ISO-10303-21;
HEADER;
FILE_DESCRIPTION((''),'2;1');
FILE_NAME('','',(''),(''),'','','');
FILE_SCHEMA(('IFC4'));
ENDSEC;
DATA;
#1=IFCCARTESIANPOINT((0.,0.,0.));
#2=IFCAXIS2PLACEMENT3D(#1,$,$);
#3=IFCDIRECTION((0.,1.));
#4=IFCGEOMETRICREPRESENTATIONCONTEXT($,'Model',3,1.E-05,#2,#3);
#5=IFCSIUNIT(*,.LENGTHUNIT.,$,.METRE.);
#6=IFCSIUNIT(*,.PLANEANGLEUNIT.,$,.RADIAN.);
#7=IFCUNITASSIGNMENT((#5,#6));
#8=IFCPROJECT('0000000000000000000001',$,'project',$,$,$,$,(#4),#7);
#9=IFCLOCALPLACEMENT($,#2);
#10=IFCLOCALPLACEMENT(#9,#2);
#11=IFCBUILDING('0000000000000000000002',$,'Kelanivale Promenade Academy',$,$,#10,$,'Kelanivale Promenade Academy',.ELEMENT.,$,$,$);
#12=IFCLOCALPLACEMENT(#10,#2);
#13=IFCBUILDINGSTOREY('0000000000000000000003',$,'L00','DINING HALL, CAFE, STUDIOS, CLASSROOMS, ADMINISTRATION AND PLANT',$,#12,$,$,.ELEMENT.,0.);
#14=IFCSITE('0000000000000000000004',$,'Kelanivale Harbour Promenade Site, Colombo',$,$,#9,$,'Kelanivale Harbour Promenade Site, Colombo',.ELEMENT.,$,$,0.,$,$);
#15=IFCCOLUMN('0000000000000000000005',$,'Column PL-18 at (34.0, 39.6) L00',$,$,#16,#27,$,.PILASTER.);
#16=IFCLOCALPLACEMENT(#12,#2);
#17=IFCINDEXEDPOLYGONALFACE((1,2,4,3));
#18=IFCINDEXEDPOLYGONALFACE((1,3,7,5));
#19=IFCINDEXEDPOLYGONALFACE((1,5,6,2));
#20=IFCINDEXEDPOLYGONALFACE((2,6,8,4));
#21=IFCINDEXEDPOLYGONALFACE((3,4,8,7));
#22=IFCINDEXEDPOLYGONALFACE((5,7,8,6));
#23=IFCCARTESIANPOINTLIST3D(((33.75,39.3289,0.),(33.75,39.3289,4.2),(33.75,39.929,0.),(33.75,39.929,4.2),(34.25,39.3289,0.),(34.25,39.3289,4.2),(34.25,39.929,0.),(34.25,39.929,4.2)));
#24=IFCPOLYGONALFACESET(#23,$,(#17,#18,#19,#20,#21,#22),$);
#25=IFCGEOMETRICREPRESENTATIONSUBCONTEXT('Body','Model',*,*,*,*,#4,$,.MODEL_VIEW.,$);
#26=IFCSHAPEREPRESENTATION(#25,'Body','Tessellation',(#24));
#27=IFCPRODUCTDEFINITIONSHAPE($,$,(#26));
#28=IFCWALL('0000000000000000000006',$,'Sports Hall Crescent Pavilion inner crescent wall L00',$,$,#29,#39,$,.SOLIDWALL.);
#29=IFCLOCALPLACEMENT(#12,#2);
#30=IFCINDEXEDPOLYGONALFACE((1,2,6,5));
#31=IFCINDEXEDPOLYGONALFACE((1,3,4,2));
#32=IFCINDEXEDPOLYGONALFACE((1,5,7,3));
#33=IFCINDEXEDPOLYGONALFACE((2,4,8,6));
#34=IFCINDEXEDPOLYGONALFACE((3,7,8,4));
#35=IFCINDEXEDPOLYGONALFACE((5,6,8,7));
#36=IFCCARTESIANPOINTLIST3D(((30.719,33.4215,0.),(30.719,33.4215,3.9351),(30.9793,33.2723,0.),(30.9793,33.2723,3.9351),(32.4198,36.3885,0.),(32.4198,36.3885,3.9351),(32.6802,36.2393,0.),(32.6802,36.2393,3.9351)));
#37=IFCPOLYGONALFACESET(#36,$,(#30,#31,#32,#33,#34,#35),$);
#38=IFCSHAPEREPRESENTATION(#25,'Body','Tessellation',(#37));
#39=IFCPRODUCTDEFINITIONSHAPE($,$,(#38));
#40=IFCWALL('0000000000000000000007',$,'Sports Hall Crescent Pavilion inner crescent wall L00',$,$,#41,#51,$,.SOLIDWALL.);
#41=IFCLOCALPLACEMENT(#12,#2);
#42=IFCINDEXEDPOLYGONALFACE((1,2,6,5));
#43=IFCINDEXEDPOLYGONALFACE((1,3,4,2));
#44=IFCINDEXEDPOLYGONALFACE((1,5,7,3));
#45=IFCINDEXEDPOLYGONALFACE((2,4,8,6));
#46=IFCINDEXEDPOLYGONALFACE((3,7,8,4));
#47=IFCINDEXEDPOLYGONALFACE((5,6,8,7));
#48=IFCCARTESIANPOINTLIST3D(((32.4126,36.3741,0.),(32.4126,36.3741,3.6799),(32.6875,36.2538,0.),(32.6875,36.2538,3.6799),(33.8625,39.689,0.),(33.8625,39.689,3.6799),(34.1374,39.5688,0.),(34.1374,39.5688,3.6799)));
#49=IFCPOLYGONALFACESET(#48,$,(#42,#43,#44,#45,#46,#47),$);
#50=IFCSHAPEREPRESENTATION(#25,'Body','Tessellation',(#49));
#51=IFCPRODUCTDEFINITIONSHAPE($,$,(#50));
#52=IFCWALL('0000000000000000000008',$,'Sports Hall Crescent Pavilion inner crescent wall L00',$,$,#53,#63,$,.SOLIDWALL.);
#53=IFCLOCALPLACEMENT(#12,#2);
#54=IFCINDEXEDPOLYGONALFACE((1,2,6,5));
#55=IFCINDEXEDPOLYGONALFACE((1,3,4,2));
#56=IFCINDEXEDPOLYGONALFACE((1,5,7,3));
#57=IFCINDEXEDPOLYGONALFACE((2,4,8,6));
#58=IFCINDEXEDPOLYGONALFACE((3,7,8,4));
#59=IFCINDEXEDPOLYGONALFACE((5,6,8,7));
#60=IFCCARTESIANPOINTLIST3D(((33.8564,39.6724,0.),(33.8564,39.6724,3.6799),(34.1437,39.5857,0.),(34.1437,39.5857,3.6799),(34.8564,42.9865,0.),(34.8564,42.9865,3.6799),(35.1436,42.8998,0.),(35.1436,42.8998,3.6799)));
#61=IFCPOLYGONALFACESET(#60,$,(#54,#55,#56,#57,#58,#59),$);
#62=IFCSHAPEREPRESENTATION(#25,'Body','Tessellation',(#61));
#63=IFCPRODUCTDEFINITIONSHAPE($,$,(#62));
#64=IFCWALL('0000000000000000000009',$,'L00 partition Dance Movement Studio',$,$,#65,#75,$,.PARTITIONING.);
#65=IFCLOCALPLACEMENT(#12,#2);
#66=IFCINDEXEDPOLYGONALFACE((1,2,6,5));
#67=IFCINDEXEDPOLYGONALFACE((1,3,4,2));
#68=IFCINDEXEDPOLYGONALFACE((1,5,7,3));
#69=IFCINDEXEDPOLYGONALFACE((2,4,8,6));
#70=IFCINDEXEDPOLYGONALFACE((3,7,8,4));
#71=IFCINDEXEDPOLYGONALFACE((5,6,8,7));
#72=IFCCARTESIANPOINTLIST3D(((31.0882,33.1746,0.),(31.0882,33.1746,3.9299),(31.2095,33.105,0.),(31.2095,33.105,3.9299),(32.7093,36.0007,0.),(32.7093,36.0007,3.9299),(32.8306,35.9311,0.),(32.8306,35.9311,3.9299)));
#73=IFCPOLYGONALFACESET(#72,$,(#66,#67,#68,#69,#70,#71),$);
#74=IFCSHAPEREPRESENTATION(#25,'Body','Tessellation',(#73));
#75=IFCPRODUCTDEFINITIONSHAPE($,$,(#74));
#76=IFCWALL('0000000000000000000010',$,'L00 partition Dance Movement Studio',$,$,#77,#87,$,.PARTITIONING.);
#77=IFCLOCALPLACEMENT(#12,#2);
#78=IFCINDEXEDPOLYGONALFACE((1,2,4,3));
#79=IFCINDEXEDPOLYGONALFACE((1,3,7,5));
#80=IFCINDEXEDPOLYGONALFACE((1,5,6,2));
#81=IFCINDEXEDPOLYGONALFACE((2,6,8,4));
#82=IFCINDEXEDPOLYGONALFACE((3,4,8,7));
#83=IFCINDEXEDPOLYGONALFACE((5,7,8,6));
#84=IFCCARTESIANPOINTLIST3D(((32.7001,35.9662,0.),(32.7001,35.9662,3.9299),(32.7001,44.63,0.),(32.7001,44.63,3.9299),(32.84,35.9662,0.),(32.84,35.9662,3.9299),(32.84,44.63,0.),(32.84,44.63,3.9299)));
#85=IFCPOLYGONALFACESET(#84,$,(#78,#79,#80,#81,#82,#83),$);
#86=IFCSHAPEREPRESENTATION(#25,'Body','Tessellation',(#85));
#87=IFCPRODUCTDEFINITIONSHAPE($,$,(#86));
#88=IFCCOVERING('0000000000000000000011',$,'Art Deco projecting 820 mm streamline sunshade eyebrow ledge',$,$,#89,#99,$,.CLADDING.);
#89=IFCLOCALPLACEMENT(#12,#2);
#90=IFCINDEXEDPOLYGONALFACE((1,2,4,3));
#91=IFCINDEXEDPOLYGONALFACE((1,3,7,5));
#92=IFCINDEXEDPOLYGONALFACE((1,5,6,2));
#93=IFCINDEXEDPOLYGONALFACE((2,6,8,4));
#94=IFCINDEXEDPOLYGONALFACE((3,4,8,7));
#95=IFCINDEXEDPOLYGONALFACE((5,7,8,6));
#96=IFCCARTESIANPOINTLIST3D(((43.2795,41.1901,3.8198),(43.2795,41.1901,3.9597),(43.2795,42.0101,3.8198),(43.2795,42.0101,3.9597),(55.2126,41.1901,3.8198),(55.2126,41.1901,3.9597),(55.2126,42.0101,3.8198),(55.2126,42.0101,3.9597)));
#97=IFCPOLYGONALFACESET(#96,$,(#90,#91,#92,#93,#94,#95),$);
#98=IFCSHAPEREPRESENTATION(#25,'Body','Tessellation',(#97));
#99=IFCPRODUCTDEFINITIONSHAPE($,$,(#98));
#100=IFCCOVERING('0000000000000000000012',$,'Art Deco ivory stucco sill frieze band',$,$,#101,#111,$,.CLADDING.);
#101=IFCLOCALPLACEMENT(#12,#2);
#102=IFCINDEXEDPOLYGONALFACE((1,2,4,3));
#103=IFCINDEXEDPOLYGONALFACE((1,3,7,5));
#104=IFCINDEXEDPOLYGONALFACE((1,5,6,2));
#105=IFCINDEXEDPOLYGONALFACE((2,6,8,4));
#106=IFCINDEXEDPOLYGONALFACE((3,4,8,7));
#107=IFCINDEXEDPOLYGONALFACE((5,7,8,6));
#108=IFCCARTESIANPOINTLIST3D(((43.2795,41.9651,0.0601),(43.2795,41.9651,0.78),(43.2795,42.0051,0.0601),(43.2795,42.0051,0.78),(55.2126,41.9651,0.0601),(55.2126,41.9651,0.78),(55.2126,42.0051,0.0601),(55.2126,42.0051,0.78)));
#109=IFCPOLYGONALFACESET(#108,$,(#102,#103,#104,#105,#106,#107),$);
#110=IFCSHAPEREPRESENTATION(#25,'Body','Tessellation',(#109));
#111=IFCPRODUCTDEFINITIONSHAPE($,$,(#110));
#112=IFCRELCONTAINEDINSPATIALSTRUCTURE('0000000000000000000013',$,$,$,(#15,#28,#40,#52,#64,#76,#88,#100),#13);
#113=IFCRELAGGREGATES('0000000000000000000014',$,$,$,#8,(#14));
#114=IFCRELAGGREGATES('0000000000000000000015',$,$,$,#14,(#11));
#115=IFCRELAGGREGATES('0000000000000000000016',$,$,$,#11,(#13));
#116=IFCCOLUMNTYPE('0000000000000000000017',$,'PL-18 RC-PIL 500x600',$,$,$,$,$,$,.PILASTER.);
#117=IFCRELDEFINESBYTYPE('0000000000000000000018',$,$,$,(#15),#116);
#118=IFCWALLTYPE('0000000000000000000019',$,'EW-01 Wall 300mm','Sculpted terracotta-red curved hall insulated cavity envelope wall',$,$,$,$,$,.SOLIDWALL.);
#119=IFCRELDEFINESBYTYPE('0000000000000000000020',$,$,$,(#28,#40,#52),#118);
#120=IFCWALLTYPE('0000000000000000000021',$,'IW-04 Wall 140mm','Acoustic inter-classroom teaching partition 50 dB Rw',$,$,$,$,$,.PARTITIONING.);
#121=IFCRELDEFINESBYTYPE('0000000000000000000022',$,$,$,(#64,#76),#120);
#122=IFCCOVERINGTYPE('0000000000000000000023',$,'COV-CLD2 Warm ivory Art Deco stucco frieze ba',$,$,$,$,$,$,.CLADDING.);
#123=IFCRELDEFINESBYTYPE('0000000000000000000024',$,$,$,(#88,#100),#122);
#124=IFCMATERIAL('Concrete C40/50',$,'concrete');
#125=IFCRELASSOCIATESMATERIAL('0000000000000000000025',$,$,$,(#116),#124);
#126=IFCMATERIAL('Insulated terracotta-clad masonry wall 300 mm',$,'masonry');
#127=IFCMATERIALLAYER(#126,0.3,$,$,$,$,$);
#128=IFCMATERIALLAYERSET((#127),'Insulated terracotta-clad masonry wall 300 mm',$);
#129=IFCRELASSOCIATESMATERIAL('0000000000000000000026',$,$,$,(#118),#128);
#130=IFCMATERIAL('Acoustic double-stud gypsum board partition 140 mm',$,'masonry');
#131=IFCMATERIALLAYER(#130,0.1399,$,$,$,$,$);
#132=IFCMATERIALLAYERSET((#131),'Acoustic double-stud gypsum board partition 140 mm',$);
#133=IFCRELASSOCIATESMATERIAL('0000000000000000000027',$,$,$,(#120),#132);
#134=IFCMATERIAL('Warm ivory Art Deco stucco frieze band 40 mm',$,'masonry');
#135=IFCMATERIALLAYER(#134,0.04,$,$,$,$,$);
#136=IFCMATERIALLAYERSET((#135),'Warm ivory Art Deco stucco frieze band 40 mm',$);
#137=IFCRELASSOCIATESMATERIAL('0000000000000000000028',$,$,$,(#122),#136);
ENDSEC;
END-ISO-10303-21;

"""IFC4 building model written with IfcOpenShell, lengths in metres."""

from ifc_helpers import new_model, si_unit, direction, frame, frame_2d, origin, origin_2d, place, context, subcontext, project, spatial, rectangle, extrude, material, layer, layer_set, material_profile, profile_set, type_object, element, save


model = new_model("IFC4")

# Units and contexts
model_context = context("Model", 3, precision=1e-05, world=origin(), true_north=direction((0.0, 1.0)))
body_context = subcontext(model_context, "Body", "Model", "MODEL_VIEW")
ifc_project = project(units=[si_unit("LENGTHUNIT", "METRE"), si_unit("PLANEANGLEUNIT", "RADIAN")], contexts=[model_context])

# Site, building, storey
site_placement = place(None, origin())
site = spatial("IfcSite", under=ifc_project, at=site_placement, Name="Kelanivale Harbour Promenade Site, Colombo", LongName="Kelanivale Harbour Promenade Site, Colombo", CompositionType="ELEMENT", RefElevation=0.0)
building_placement = place(site_placement, origin())
building = spatial("IfcBuilding", under=site, at=building_placement, Name="Kelanivale Promenade Academy", LongName="Kelanivale Promenade Academy", CompositionType="ELEMENT")
storey_placement = place(building_placement, origin())
storey = spatial("IfcBuildingStorey", under=building, at=storey_placement, Name="L00", Description="DINING HALL, CAFE, STUDIOS, CLASSROOMS, ADMINISTRATION AND PLANT", CompositionType="ELEMENT", Elevation=0.0)

# Column
ifc_material_1 = material(Name="Concrete C40/50", Category="concrete")
ifc_material_profile_1 = material_profile(ifc_material_1, rectangle(XDim=0.5, YDim=0.6001, at=origin_2d()), Name="RC-PIL 500x600")
ifc_profile_set_1 = profile_set([ifc_material_profile_1], Name="Concrete C40/50")
column_type = type_object("IfcColumnType", Name="PL-18 RC-PIL 500x600", PredefinedType="PILASTER", material=ifc_profile_set_1)
for number, where, z_axis, x_axis, name in (
    (1, (34.0, 39.6289, 0.0), (0.0, 0.0, 1.0), (1.0, 0.0, 0.0), "Column PL-18 at (34.0, 39.6) L00"),
):
    element("IfcColumn", number, at=place(storey_placement, frame(where, z_axis=z_axis, x_axis=x_axis)), inside=storey, type_object=column_type, Name=name, PredefinedType="PILASTER", context=body_context, shape_type="SweptSolid", body=[
        extrude(rectangle(XDim=0.5, YDim=0.6001, at=origin_2d()), origin(), (0.0, 0.0, 1.0), 4.2),
    ])

# Walls
ifc_material_2 = material(Name="Insulated terracotta-clad masonry wall 300 mm", Category="masonry")
ifc_layer_1 = layer(ifc_material_2, 0.3)
ifc_layer_set_1 = layer_set([ifc_layer_1], Name="Insulated terracotta-clad masonry wall 300 mm")
wall_type_1 = type_object("IfcWallType", Name="EW-01 Wall 300mm", Description="Sculpted terracotta-red curved hall insulated cavity envelope wall", PredefinedType="SOLIDWALL", material=ifc_layer_set_1)
wall_1_placement = place(storey_placement, frame((30.8491, 33.3469, 0.0), z_axis=(0.0, 0.0, 1.0), x_axis=(0.497345, 0.867553, 0.0)))
element("IfcWall", 2, at=wall_1_placement, inside=storey, type_object=wall_type_1, Name="Sports Hall Crescent Pavilion inner crescent wall L00", PredefinedType="SOLIDWALL", context=body_context, shape_type="SweptSolid", body=[
    extrude(rectangle(XDim=3.4199, YDim=0.3, at=frame_2d((1.71, 0.0))), origin(), (0.0, 0.0, 1.0), 3.9351),
])
wall_2_placement = place(storey_placement, frame((32.55, 36.314, 0.0), z_axis=(0.0, 0.0, 1.0), x_axis=(0.400741, 0.916191, 0.0)))
element("IfcWall", 3, at=wall_2_placement, inside=storey, type_object=wall_type_1, Name="Sports Hall Crescent Pavilion inner crescent wall L00", PredefinedType="SOLIDWALL", context=body_context, shape_type="SweptSolid", body=[
    extrude(rectangle(XDim=3.6182, YDim=0.3, at=frame_2d((1.8091, 0.0))), origin(), (0.0, 0.0, 1.0), 3.6799),
])
wall_3_placement = place(storey_placement, frame((34.0, 39.6289, 0.0), z_axis=(0.0, 0.0, 1.0), x_axis=(0.288868, 0.957369, 0.0)))
element("IfcWall", 4, at=wall_3_placement, inside=storey, type_object=wall_type_1, Name="Sports Hall Crescent Pavilion inner crescent wall L00", PredefinedType="SOLIDWALL", context=body_context, shape_type="SweptSolid", body=[
    extrude(rectangle(XDim=3.4617, YDim=0.3, at=frame_2d((1.731, 0.0))), origin(), (0.0, 0.0, 1.0), 3.6799),
])
ifc_material_3 = material(Name="Acoustic double-stud gypsum board partition 140 mm", Category="masonry")
ifc_layer_2 = layer(ifc_material_3, 0.1399)
ifc_layer_set_2 = layer_set([ifc_layer_2], Name="Acoustic double-stud gypsum board partition 140 mm")
wall_type_2 = type_object("IfcWallType", Name="IW-04 Wall 140mm", Description="Acoustic inter-classroom teaching partition 50 dB Rw", PredefinedType="PARTITIONING", material=ifc_layer_set_2)
wall_4_placement = place(storey_placement, frame((31.1489, 33.1399, 0.0), z_axis=(0.0, 0.0, 1.0), x_axis=(0.497559, 0.86743, 0.0)))
element("IfcWall", 5, at=wall_4_placement, inside=storey, type_object=wall_type_2, Name="L00 partition Dance Movement Studio", PredefinedType="PARTITIONING", context=body_context, shape_type="SweptSolid", body=[
    extrude(rectangle(XDim=3.2581, YDim=0.1399, at=frame_2d((1.6289, 0.0))), origin(), (0.0, 0.0, 1.0), 3.9299),
])
wall_5_placement = place(storey_placement, frame((32.77, 35.9661, 0.0), z_axis=(0.0, 0.0, 1.0), x_axis=(0.0, 1.0, 0.0)))
element("IfcWall", 6, at=wall_5_placement, inside=storey, type_object=wall_type_2, Name="L00 partition Dance Movement Studio", PredefinedType="PARTITIONING", context=body_context, shape_type="SweptSolid", body=[
    extrude(rectangle(XDim=8.6638, YDim=0.1399, at=frame_2d((4.332, 0.0))), origin(), (0.0, 0.0, 1.0), 3.9299),
])

# Coverings
ifc_material_4 = material(Name="Warm ivory Art Deco stucco frieze band 40 mm", Category="masonry")
ifc_layer_3 = layer(ifc_material_4, 0.04)
ifc_layer_set_3 = layer_set([ifc_layer_3], Name="Warm ivory Art Deco stucco frieze band 40 mm")
covering_type = type_object("IfcCoveringType", Name="COV-CLD2 Warm ivory Art Deco stucco frieze ba", PredefinedType="CLADDING", material=ifc_layer_set_3)
covering_1_placement = place(storey_placement, frame((49.2461, 41.6001, 3.8198), z_axis=(0.0, 0.0, 1.0), x_axis=(1.0, 0.0, 0.0)))
element("IfcCovering", 7, at=covering_1_placement, inside=storey, type_object=covering_type, Name="Art Deco projecting 820 mm streamline sunshade eyebrow ledge", PredefinedType="CLADDING", context=body_context, shape_type="SweptSolid", body=[
    extrude(rectangle(XDim=11.9331, YDim=0.8201, at=origin_2d()), origin(), (0.0, 0.0, 1.0), 0.1399),
])
covering_2_placement = place(storey_placement, frame((49.2461, 41.9851, 0.0601), z_axis=(0.0, 0.0, 1.0), x_axis=(1.0, 0.0, 0.0)))
element("IfcCovering", 8, at=covering_2_placement, inside=storey, type_object=covering_type, Name="Art Deco ivory stucco sill frieze band", PredefinedType="CLADDING", context=body_context, shape_type="SweptSolid", body=[
    extrude(rectangle(XDim=11.9331, YDim=0.04, at=origin_2d()), origin(), (0.0, 0.0, 1.0), 0.72),
])

save(model, "model.ifc")
